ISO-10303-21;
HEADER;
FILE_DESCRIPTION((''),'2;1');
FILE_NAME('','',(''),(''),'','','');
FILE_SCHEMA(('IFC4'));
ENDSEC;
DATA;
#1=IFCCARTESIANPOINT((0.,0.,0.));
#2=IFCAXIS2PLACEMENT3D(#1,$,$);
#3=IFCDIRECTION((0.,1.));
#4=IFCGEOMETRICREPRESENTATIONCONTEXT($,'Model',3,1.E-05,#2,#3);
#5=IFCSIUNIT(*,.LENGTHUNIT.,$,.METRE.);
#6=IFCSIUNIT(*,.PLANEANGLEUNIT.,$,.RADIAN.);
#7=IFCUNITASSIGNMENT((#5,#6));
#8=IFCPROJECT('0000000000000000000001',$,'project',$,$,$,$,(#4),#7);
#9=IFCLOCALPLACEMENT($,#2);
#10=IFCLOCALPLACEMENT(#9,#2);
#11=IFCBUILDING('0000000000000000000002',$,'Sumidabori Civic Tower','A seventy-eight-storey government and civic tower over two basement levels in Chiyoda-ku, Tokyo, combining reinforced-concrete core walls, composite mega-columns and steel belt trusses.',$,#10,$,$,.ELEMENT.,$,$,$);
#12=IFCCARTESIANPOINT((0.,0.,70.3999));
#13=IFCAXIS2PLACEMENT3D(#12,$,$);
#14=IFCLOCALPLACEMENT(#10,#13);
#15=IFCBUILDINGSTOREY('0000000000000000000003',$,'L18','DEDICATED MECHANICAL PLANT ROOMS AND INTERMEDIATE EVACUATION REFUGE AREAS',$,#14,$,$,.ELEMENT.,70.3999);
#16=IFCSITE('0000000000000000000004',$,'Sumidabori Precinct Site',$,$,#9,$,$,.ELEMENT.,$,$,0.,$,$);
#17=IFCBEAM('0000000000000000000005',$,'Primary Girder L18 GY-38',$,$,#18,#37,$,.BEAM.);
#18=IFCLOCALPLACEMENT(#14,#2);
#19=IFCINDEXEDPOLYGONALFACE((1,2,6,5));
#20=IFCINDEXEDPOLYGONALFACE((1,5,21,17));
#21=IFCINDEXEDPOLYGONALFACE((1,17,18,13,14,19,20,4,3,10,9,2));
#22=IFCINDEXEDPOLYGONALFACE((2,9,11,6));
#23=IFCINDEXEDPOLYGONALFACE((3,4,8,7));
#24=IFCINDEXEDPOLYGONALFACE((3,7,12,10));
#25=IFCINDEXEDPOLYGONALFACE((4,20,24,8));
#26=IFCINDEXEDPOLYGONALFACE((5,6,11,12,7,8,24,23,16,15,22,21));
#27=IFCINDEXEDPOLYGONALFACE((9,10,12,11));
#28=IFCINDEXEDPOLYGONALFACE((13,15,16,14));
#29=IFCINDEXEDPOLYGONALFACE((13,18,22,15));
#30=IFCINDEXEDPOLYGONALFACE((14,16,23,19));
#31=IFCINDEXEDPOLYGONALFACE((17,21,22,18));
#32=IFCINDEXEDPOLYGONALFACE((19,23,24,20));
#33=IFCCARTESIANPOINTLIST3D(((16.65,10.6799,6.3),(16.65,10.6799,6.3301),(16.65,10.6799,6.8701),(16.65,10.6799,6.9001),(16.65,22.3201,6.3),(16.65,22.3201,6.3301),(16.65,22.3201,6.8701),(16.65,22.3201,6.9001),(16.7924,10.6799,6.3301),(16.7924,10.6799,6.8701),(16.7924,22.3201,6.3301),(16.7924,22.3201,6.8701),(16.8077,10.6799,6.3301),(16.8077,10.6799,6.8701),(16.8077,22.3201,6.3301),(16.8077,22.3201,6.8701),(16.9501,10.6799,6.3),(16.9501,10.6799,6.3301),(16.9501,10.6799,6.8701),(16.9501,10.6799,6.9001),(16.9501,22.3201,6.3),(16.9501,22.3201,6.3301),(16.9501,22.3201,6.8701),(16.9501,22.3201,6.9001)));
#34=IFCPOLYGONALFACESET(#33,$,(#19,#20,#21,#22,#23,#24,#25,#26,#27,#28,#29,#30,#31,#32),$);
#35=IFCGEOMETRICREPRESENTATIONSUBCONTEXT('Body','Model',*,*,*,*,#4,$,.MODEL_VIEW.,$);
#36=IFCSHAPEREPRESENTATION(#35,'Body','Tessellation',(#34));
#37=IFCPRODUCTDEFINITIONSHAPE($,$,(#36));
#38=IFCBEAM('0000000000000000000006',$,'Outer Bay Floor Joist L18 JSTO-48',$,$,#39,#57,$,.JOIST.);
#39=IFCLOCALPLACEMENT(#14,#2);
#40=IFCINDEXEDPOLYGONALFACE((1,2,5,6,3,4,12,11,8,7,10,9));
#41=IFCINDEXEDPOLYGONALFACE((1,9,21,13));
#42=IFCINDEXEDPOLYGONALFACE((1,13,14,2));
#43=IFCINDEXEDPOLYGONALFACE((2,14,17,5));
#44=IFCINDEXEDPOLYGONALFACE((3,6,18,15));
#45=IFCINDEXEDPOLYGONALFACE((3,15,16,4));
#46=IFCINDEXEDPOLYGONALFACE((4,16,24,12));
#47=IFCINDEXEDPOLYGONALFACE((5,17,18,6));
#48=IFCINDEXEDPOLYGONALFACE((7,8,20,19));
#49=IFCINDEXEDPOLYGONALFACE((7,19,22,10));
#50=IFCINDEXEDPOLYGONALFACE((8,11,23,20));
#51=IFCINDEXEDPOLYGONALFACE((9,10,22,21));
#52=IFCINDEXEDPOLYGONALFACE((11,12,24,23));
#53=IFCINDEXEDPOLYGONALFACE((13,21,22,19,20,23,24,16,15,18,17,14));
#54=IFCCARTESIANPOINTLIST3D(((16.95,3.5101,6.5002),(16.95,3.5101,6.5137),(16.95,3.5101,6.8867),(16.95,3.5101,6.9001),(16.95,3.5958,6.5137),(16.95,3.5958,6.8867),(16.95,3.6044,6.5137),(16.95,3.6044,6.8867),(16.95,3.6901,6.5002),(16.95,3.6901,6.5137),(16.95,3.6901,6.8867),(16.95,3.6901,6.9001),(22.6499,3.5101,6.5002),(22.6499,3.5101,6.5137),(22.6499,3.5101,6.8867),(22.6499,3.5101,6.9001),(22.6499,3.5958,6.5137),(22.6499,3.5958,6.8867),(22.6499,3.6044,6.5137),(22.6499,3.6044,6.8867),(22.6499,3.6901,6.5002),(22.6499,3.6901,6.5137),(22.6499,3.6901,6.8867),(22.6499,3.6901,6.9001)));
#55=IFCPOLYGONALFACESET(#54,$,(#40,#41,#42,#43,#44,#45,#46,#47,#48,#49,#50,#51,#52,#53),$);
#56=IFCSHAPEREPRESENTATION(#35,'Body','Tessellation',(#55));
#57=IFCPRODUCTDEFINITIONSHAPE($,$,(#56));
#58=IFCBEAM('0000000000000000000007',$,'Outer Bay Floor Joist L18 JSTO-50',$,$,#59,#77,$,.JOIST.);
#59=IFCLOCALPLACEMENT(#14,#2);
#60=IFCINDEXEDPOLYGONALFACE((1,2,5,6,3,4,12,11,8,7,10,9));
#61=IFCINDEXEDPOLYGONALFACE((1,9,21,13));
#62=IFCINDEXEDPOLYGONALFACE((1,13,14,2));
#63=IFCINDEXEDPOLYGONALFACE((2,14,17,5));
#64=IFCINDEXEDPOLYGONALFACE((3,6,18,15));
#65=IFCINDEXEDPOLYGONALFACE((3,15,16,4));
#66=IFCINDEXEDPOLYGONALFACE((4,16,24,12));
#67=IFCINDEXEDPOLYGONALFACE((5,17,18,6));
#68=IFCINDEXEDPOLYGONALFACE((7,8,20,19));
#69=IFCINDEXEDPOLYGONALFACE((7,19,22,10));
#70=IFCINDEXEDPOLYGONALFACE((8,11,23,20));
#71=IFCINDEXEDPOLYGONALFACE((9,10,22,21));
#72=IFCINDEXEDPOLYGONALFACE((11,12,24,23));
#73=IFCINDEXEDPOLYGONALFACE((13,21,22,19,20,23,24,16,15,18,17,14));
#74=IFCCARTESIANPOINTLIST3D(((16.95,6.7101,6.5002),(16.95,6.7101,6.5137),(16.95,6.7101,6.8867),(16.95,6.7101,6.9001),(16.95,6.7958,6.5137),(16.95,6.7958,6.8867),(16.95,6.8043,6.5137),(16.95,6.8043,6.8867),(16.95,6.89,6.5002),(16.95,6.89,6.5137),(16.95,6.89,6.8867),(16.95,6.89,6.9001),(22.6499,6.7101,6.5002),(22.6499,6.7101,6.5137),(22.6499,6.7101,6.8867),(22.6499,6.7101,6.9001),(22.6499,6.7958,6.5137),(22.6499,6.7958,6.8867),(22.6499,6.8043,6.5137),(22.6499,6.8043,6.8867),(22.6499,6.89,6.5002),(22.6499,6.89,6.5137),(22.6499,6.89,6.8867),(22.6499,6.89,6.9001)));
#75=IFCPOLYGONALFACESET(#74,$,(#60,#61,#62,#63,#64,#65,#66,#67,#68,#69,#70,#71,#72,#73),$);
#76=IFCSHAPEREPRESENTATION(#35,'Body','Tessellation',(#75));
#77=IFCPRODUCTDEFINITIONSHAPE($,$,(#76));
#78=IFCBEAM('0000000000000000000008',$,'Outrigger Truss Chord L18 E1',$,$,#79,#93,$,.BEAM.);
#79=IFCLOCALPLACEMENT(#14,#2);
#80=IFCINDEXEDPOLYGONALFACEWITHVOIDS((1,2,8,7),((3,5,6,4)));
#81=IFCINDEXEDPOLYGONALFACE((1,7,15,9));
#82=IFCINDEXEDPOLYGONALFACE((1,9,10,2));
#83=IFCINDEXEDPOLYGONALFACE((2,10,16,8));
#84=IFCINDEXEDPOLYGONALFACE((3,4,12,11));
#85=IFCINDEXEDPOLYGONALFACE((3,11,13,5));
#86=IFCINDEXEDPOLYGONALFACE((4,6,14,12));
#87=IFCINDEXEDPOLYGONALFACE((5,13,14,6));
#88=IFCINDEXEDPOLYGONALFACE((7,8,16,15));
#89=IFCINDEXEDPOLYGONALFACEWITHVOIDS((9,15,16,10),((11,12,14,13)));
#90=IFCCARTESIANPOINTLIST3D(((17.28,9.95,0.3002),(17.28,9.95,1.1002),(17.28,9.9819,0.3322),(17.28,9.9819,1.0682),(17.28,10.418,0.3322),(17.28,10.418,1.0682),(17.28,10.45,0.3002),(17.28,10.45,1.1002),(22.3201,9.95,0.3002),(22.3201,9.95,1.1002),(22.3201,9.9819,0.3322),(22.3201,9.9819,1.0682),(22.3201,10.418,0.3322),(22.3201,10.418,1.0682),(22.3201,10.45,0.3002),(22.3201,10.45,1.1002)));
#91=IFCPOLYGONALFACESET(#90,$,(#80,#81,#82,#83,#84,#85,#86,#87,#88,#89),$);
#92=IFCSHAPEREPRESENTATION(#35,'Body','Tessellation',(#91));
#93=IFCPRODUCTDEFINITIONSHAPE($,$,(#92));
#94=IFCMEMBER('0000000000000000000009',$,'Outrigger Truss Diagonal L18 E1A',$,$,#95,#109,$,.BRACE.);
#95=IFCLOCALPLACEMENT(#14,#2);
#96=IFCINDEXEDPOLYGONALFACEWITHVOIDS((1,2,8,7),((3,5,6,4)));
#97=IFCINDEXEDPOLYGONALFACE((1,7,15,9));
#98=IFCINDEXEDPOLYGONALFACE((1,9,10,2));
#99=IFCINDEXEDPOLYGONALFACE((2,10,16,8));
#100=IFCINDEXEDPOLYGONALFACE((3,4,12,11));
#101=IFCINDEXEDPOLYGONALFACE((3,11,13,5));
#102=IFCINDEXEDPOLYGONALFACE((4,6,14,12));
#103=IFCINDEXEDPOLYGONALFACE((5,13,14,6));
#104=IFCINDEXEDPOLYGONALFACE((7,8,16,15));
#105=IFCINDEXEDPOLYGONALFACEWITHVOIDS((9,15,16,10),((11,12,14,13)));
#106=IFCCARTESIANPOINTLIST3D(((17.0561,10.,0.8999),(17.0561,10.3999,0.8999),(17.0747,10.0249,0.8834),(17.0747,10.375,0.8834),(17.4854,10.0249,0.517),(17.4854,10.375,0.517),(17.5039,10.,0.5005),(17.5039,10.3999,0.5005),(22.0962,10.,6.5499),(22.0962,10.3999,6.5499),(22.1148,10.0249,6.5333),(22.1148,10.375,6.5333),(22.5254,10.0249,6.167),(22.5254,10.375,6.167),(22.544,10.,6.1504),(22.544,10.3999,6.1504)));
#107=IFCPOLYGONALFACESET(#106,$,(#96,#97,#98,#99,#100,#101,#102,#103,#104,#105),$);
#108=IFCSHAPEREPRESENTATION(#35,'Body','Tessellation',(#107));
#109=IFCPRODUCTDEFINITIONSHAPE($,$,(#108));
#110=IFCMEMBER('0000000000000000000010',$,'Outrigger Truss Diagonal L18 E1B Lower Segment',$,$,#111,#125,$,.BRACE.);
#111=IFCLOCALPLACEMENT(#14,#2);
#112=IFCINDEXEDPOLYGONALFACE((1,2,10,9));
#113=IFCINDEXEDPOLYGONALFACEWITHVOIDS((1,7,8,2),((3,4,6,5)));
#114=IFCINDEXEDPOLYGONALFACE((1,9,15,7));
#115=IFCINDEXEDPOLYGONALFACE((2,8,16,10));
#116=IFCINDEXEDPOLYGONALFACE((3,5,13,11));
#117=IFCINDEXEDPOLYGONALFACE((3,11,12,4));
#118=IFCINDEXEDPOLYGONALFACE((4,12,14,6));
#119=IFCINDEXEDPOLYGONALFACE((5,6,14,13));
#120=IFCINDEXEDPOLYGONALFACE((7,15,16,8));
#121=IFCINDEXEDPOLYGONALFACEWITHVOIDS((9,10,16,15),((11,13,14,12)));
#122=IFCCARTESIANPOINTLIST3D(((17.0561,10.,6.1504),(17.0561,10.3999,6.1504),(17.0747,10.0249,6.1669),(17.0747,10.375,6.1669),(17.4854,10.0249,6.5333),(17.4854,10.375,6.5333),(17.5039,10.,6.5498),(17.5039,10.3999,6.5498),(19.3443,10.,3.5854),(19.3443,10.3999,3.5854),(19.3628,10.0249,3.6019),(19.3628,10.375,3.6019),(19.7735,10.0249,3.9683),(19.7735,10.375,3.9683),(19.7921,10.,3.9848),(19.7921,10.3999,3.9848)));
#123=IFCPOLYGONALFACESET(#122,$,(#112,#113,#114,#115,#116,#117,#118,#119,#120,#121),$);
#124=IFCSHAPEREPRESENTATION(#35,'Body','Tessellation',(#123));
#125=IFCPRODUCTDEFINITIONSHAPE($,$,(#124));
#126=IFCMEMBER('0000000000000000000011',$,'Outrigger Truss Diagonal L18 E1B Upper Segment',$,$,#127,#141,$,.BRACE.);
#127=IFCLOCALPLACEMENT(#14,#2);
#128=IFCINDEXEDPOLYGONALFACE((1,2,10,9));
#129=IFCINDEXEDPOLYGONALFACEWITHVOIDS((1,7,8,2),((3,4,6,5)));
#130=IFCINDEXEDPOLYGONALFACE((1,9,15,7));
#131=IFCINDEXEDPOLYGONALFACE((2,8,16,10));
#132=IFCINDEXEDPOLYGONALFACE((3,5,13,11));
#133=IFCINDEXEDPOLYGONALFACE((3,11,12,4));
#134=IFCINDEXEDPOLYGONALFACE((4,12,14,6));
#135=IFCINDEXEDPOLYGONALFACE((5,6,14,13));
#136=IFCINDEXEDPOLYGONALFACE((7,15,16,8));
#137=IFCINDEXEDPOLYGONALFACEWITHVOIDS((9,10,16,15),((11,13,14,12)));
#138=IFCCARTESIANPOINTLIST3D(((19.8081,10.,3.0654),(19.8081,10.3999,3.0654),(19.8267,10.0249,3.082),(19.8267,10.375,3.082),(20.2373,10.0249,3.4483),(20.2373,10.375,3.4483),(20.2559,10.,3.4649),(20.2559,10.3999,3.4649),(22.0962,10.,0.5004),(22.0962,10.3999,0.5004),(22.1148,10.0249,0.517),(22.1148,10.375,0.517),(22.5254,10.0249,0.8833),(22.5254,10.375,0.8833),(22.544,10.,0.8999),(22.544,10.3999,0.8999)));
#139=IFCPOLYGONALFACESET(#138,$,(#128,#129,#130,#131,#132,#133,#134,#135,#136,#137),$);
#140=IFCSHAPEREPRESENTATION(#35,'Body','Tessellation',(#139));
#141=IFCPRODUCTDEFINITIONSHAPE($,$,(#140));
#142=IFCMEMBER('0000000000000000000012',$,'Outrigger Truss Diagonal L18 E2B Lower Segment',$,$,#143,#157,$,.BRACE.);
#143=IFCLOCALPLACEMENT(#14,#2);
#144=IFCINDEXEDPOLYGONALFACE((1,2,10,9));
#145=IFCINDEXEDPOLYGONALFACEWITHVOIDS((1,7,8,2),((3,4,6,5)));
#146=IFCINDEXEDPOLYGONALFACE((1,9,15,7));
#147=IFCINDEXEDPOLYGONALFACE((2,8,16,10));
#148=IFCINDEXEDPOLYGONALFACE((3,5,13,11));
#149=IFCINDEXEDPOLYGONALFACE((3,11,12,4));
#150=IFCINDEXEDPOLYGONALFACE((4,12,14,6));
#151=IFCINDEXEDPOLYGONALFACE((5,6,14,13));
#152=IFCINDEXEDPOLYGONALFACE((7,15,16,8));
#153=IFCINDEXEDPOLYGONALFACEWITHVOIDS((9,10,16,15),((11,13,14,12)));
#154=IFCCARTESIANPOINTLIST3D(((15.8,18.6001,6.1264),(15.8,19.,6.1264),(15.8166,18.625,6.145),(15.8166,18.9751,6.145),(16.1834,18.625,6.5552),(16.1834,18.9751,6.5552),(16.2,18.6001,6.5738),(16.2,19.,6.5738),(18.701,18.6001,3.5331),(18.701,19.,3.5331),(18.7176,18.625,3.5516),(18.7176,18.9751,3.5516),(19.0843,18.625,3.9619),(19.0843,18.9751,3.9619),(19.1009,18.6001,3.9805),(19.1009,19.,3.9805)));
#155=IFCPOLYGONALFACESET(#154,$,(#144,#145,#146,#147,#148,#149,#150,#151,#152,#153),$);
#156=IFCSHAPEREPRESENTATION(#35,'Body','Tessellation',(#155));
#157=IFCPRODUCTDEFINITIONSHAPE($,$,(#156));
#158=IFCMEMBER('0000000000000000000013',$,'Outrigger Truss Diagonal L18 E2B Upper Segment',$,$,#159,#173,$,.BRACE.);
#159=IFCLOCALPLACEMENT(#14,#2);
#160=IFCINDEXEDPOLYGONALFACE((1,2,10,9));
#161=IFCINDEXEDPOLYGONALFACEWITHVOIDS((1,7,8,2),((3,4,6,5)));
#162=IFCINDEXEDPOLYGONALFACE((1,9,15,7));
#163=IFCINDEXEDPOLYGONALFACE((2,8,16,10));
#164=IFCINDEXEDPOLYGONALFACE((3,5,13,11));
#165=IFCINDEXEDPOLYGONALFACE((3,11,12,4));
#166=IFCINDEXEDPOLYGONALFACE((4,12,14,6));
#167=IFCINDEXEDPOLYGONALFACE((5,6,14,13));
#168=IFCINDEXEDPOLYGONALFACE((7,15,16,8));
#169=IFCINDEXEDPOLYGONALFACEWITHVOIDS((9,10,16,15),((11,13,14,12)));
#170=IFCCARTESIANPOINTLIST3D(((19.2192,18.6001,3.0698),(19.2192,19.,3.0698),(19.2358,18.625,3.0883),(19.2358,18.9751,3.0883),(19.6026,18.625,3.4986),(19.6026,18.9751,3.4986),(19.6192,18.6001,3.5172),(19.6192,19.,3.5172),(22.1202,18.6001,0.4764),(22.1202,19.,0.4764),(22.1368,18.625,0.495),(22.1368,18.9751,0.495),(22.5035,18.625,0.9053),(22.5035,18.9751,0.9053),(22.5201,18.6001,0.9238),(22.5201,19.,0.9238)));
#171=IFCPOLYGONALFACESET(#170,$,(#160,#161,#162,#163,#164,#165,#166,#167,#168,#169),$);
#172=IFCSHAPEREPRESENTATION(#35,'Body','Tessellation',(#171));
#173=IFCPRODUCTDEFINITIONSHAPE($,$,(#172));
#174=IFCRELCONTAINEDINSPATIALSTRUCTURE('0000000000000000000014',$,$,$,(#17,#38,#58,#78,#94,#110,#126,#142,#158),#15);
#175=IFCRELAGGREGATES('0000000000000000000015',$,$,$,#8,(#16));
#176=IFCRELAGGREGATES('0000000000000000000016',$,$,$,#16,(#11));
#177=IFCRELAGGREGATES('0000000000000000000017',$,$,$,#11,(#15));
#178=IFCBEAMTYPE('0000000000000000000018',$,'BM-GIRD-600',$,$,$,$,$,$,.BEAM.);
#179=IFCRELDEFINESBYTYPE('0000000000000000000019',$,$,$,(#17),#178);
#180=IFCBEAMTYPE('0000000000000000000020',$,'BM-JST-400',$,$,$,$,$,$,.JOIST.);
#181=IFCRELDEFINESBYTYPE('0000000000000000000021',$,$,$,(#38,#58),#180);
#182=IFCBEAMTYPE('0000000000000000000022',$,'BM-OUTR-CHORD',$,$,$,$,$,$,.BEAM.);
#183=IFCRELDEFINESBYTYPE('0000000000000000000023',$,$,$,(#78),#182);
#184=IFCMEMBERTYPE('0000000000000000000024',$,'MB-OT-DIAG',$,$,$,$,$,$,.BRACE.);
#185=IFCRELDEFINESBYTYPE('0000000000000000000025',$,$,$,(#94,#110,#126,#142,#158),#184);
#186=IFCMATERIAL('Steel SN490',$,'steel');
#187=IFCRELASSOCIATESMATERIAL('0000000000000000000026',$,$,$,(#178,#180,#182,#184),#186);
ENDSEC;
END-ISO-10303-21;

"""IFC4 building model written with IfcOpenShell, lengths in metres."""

from ifc_helpers import new_model, si_unit, direction, frame, origin, origin_2d, place, context, subcontext, project, spatial, hollow_rectangle, i_section, extrude, source, transform, mapped, material, material_profile, profile_set, type_object, element, save


model = new_model("IFC4")

# Units and contexts
model_context = context("Model", 3, precision=1e-05, world=origin(), true_north=direction((0.0, 1.0)))
body_context = subcontext(model_context, "Body", "Model", "MODEL_VIEW")
ifc_project = project(units=[si_unit("LENGTHUNIT", "METRE"), si_unit("PLANEANGLEUNIT", "RADIAN")], contexts=[model_context])

# Site, building, storey
site_placement = place(None, origin())
site = spatial("IfcSite", under=ifc_project, at=site_placement, Name="Sumidabori Precinct Site", CompositionType="ELEMENT", RefElevation=0.0)
building_placement = place(site_placement, origin())
building = spatial("IfcBuilding", under=site, at=building_placement, Name="Sumidabori Civic Tower", Description="A seventy-eight-storey government and civic tower over two basement levels in Chiyoda-ku, Tokyo, combining reinforced-concrete core walls, composite mega-columns and steel belt trusses.", CompositionType="ELEMENT")
storey_placement = place(building_placement, frame((0.0, 0.0, 70.3999)))
storey = spatial("IfcBuildingStorey", under=building, at=storey_placement, Name="L18", Description="DEDICATED MECHANICAL PLANT ROOMS AND INTERMEDIATE EVACUATION REFUGE AREAS", CompositionType="ELEMENT", Elevation=70.3999)

# Beams
ifc_material_1 = material(Name="Steel SN490", Category="steel")
ifc_material_profile_1 = material_profile(ifc_material_1, i_section(OverallWidth=0.3, OverallDepth=0.6001, WebThickness=0.0154, FlangeThickness=0.03, at=origin_2d()), Name="HE 600 B")
ifc_profile_set_1 = profile_set([ifc_material_profile_1], Name="Steel SN490")
beam_type_1 = type_object("IfcBeamType", Name="BM-GIRD-600", PredefinedType="BEAM", material=ifc_profile_set_1)
shared_shape_1 = source(origin(), body_context, "Body", "SweptSolid", [
    extrude(i_section(OverallWidth=0.3, OverallDepth=0.6001, WebThickness=0.0154, FlangeThickness=0.03, at=origin_2d()), origin(), (0.0, 0.0, 1.0), 11.6401),
])
beam_1_placement = place(storey_placement, frame((16.8, 10.6799, 6.6001), z_axis=(0.0, 1.0, 0.0), x_axis=(-1.0, 0.0, 0.0)))
element("IfcBeam", 1, at=beam_1_placement, inside=storey, type_object=beam_type_1, Name="Primary Girder L18 GY-38", PredefinedType="BEAM", context=body_context, shape_type="MappedRepresentation", body=[
    mapped(shared_shape_1, transform((0.0, 0.0, 0.0), x_axis=(1.0, 0.0, 0.0), y_axis=(0.0, 1.0, 0.0), z_axis=(0.0, 0.0, 1.0), scale=1.0)),
])
ifc_material_profile_2 = material_profile(ifc_material_1, i_section(OverallWidth=0.1799, OverallDepth=0.3999, WebThickness=0.0085, FlangeThickness=0.0134, at=origin_2d()), Name="IPE 400")
ifc_profile_set_2 = profile_set([ifc_material_profile_2], Name="Steel SN490")
beam_type_2 = type_object("IfcBeamType", Name="BM-JST-400", PredefinedType="JOIST", material=ifc_profile_set_2)
shared_shape_2 = source(origin(), body_context, "Body", "SweptSolid", [
    extrude(i_section(OverallWidth=0.1799, OverallDepth=0.3999, WebThickness=0.0085, FlangeThickness=0.0134, at=origin_2d()), origin(), (0.0, 0.0, 1.0), 5.7),
])
for number, where, z_axis, x_axis, name in (
    (2, (16.95, 3.6001, 6.7002), (1.0, 0.0, 0.0), (0.0, 1.0, 0.0), "Outer Bay Floor Joist L18 JSTO-48"),
    (3, (16.95, 6.8, 6.7002), (1.0, 0.0, 0.0), (0.0, 1.0, 0.0), "Outer Bay Floor Joist L18 JSTO-50"),
):
    element("IfcBeam", number, at=place(storey_placement, frame(where, z_axis=z_axis, x_axis=x_axis)), inside=storey, type_object=beam_type_2, Name=name, PredefinedType="JOIST", context=body_context, shape_type="MappedRepresentation", body=[
        mapped(shared_shape_2, transform((0.0, 0.0, 0.0), x_axis=(1.0, 0.0, 0.0), y_axis=(0.0, 1.0, 0.0), z_axis=(0.0, 0.0, 1.0), scale=1.0)),
    ])
ifc_material_profile_3 = material_profile(ifc_material_1, hollow_rectangle(XDim=0.5, YDim=0.8, WallThickness=0.032, at=origin_2d()), Name="RHS 800x500x32")
ifc_profile_set_3 = profile_set([ifc_material_profile_3], Name="Steel SN490")
beam_type_3 = type_object("IfcBeamType", Name="BM-OUTR-CHORD", PredefinedType="BEAM", material=ifc_profile_set_3)
shared_shape_3 = source(origin(), body_context, "Body", "SweptSolid", [
    extrude(hollow_rectangle(XDim=0.5, YDim=0.8, WallThickness=0.032, at=origin_2d()), origin(), (0.0, 0.0, 1.0), 5.04),
])
beam_2_placement = place(storey_placement, frame((17.28, 10.2, 0.7002), z_axis=(1.0, 0.0, 0.0), x_axis=(0.0, 1.0, 0.0)))
element("IfcBeam", 4, at=beam_2_placement, inside=storey, type_object=beam_type_3, Name="Outrigger Truss Chord L18 E1", PredefinedType="BEAM", context=body_context, shape_type="MappedRepresentation", body=[
    mapped(shared_shape_3, transform((0.0, 0.0, 0.0), x_axis=(1.0, 0.0, 0.0), y_axis=(0.0, 1.0, 0.0), z_axis=(0.0, 0.0, 1.0), scale=1.0)),
])

# Members
ifc_material_profile_4 = material_profile(ifc_material_1, hollow_rectangle(XDim=0.3999, YDim=0.6001, WallThickness=0.0249, at=origin_2d()), Name="RHS 600x400x25")
ifc_profile_set_4 = profile_set([ifc_material_profile_4], Name="Steel SN490")
member_type = type_object("IfcMemberType", Name="MB-OT-DIAG", PredefinedType="BRACE", material=ifc_profile_set_4)
shared_shape_4 = source(origin(), body_context, "Body", "SweptSolid", [
    extrude(hollow_rectangle(XDim=0.3999, YDim=0.6001, WallThickness=0.0249, at=origin_2d()), origin(), (0.0, 0.0, 1.0), 7.5713),
])
member_placement = place(storey_placement, frame((17.28, 10.2, 0.7002), z_axis=(0.665684, 0.0, 0.746234), x_axis=(0.0, 1.0, 0.0)))
element("IfcMember", 5, at=member_placement, inside=storey, type_object=member_type, Name="Outrigger Truss Diagonal L18 E1A", PredefinedType="BRACE", context=body_context, shape_type="MappedRepresentation", body=[
    mapped(shared_shape_4, transform((0.0, 0.0, 0.0), x_axis=(1.0, 0.0, 0.0), y_axis=(0.0, 1.0, 0.0), z_axis=(0.0, 0.0, 1.0), scale=1.0)),
])
shared_shape_5 = source(origin(), body_context, "Body", "SweptSolid", [
    extrude(hollow_rectangle(XDim=0.3999, YDim=0.6001, WallThickness=0.0249, at=origin_2d()), origin(), (0.0, 0.0, 1.0), 3.4373),
])
for number, where, z_axis, x_axis, name in (
    (6, (17.28, 10.2, 6.3501), (0.665685, 0.0, -0.746232), (0.0, 1.0, 0.0), "Outrigger Truss Diagonal L18 E1B Lower Segment"),
    (7, (20.032, 10.2, 3.2651), (0.665685, 0.0, -0.746232), (0.0, 1.0, 0.0), "Outrigger Truss Diagonal L18 E1B Upper Segment"),
):
    element("IfcMember", number, at=place(storey_placement, frame(where, z_axis=z_axis, x_axis=x_axis)), inside=storey, type_object=member_type, Name=name, PredefinedType="BRACE", context=body_context, shape_type="MappedRepresentation", body=[
        mapped(shared_shape_5, transform((0.0, 0.0, 0.0), x_axis=(1.0, 0.0, 0.0), y_axis=(0.0, 1.0, 0.0), z_axis=(0.0, 0.0, 1.0), scale=1.0)),
    ])
shared_shape_6 = source(origin(), body_context, "Body", "SweptSolid", [
    extrude(hollow_rectangle(XDim=0.3999, YDim=0.6001, WallThickness=0.0249, at=origin_2d()), origin(), (0.0, 0.0, 1.0), 3.8911),
])
for number, where, z_axis, x_axis, name in (
    (8, (16.0, 18.8, 6.3501), (0.74553, 0.0, -0.666472), (0.0, 1.0, 0.0), "Outrigger Truss Diagonal L18 E2B Lower Segment"),
    (9, (19.4192, 18.8, 3.2935), (0.74553, 0.0, -0.666472), (0.0, 1.0, 0.0), "Outrigger Truss Diagonal L18 E2B Upper Segment"),
):
    element("IfcMember", number, at=place(storey_placement, frame(where, z_axis=z_axis, x_axis=x_axis)), inside=storey, type_object=member_type, Name=name, PredefinedType="BRACE", context=body_context, shape_type="MappedRepresentation", body=[
        mapped(shared_shape_6, transform((0.0, 0.0, 0.0), x_axis=(1.0, 0.0, 0.0), y_axis=(0.0, 1.0, 0.0), z_axis=(0.0, 0.0, 1.0), scale=1.0)),
    ])

save(model, "model.ifc")
